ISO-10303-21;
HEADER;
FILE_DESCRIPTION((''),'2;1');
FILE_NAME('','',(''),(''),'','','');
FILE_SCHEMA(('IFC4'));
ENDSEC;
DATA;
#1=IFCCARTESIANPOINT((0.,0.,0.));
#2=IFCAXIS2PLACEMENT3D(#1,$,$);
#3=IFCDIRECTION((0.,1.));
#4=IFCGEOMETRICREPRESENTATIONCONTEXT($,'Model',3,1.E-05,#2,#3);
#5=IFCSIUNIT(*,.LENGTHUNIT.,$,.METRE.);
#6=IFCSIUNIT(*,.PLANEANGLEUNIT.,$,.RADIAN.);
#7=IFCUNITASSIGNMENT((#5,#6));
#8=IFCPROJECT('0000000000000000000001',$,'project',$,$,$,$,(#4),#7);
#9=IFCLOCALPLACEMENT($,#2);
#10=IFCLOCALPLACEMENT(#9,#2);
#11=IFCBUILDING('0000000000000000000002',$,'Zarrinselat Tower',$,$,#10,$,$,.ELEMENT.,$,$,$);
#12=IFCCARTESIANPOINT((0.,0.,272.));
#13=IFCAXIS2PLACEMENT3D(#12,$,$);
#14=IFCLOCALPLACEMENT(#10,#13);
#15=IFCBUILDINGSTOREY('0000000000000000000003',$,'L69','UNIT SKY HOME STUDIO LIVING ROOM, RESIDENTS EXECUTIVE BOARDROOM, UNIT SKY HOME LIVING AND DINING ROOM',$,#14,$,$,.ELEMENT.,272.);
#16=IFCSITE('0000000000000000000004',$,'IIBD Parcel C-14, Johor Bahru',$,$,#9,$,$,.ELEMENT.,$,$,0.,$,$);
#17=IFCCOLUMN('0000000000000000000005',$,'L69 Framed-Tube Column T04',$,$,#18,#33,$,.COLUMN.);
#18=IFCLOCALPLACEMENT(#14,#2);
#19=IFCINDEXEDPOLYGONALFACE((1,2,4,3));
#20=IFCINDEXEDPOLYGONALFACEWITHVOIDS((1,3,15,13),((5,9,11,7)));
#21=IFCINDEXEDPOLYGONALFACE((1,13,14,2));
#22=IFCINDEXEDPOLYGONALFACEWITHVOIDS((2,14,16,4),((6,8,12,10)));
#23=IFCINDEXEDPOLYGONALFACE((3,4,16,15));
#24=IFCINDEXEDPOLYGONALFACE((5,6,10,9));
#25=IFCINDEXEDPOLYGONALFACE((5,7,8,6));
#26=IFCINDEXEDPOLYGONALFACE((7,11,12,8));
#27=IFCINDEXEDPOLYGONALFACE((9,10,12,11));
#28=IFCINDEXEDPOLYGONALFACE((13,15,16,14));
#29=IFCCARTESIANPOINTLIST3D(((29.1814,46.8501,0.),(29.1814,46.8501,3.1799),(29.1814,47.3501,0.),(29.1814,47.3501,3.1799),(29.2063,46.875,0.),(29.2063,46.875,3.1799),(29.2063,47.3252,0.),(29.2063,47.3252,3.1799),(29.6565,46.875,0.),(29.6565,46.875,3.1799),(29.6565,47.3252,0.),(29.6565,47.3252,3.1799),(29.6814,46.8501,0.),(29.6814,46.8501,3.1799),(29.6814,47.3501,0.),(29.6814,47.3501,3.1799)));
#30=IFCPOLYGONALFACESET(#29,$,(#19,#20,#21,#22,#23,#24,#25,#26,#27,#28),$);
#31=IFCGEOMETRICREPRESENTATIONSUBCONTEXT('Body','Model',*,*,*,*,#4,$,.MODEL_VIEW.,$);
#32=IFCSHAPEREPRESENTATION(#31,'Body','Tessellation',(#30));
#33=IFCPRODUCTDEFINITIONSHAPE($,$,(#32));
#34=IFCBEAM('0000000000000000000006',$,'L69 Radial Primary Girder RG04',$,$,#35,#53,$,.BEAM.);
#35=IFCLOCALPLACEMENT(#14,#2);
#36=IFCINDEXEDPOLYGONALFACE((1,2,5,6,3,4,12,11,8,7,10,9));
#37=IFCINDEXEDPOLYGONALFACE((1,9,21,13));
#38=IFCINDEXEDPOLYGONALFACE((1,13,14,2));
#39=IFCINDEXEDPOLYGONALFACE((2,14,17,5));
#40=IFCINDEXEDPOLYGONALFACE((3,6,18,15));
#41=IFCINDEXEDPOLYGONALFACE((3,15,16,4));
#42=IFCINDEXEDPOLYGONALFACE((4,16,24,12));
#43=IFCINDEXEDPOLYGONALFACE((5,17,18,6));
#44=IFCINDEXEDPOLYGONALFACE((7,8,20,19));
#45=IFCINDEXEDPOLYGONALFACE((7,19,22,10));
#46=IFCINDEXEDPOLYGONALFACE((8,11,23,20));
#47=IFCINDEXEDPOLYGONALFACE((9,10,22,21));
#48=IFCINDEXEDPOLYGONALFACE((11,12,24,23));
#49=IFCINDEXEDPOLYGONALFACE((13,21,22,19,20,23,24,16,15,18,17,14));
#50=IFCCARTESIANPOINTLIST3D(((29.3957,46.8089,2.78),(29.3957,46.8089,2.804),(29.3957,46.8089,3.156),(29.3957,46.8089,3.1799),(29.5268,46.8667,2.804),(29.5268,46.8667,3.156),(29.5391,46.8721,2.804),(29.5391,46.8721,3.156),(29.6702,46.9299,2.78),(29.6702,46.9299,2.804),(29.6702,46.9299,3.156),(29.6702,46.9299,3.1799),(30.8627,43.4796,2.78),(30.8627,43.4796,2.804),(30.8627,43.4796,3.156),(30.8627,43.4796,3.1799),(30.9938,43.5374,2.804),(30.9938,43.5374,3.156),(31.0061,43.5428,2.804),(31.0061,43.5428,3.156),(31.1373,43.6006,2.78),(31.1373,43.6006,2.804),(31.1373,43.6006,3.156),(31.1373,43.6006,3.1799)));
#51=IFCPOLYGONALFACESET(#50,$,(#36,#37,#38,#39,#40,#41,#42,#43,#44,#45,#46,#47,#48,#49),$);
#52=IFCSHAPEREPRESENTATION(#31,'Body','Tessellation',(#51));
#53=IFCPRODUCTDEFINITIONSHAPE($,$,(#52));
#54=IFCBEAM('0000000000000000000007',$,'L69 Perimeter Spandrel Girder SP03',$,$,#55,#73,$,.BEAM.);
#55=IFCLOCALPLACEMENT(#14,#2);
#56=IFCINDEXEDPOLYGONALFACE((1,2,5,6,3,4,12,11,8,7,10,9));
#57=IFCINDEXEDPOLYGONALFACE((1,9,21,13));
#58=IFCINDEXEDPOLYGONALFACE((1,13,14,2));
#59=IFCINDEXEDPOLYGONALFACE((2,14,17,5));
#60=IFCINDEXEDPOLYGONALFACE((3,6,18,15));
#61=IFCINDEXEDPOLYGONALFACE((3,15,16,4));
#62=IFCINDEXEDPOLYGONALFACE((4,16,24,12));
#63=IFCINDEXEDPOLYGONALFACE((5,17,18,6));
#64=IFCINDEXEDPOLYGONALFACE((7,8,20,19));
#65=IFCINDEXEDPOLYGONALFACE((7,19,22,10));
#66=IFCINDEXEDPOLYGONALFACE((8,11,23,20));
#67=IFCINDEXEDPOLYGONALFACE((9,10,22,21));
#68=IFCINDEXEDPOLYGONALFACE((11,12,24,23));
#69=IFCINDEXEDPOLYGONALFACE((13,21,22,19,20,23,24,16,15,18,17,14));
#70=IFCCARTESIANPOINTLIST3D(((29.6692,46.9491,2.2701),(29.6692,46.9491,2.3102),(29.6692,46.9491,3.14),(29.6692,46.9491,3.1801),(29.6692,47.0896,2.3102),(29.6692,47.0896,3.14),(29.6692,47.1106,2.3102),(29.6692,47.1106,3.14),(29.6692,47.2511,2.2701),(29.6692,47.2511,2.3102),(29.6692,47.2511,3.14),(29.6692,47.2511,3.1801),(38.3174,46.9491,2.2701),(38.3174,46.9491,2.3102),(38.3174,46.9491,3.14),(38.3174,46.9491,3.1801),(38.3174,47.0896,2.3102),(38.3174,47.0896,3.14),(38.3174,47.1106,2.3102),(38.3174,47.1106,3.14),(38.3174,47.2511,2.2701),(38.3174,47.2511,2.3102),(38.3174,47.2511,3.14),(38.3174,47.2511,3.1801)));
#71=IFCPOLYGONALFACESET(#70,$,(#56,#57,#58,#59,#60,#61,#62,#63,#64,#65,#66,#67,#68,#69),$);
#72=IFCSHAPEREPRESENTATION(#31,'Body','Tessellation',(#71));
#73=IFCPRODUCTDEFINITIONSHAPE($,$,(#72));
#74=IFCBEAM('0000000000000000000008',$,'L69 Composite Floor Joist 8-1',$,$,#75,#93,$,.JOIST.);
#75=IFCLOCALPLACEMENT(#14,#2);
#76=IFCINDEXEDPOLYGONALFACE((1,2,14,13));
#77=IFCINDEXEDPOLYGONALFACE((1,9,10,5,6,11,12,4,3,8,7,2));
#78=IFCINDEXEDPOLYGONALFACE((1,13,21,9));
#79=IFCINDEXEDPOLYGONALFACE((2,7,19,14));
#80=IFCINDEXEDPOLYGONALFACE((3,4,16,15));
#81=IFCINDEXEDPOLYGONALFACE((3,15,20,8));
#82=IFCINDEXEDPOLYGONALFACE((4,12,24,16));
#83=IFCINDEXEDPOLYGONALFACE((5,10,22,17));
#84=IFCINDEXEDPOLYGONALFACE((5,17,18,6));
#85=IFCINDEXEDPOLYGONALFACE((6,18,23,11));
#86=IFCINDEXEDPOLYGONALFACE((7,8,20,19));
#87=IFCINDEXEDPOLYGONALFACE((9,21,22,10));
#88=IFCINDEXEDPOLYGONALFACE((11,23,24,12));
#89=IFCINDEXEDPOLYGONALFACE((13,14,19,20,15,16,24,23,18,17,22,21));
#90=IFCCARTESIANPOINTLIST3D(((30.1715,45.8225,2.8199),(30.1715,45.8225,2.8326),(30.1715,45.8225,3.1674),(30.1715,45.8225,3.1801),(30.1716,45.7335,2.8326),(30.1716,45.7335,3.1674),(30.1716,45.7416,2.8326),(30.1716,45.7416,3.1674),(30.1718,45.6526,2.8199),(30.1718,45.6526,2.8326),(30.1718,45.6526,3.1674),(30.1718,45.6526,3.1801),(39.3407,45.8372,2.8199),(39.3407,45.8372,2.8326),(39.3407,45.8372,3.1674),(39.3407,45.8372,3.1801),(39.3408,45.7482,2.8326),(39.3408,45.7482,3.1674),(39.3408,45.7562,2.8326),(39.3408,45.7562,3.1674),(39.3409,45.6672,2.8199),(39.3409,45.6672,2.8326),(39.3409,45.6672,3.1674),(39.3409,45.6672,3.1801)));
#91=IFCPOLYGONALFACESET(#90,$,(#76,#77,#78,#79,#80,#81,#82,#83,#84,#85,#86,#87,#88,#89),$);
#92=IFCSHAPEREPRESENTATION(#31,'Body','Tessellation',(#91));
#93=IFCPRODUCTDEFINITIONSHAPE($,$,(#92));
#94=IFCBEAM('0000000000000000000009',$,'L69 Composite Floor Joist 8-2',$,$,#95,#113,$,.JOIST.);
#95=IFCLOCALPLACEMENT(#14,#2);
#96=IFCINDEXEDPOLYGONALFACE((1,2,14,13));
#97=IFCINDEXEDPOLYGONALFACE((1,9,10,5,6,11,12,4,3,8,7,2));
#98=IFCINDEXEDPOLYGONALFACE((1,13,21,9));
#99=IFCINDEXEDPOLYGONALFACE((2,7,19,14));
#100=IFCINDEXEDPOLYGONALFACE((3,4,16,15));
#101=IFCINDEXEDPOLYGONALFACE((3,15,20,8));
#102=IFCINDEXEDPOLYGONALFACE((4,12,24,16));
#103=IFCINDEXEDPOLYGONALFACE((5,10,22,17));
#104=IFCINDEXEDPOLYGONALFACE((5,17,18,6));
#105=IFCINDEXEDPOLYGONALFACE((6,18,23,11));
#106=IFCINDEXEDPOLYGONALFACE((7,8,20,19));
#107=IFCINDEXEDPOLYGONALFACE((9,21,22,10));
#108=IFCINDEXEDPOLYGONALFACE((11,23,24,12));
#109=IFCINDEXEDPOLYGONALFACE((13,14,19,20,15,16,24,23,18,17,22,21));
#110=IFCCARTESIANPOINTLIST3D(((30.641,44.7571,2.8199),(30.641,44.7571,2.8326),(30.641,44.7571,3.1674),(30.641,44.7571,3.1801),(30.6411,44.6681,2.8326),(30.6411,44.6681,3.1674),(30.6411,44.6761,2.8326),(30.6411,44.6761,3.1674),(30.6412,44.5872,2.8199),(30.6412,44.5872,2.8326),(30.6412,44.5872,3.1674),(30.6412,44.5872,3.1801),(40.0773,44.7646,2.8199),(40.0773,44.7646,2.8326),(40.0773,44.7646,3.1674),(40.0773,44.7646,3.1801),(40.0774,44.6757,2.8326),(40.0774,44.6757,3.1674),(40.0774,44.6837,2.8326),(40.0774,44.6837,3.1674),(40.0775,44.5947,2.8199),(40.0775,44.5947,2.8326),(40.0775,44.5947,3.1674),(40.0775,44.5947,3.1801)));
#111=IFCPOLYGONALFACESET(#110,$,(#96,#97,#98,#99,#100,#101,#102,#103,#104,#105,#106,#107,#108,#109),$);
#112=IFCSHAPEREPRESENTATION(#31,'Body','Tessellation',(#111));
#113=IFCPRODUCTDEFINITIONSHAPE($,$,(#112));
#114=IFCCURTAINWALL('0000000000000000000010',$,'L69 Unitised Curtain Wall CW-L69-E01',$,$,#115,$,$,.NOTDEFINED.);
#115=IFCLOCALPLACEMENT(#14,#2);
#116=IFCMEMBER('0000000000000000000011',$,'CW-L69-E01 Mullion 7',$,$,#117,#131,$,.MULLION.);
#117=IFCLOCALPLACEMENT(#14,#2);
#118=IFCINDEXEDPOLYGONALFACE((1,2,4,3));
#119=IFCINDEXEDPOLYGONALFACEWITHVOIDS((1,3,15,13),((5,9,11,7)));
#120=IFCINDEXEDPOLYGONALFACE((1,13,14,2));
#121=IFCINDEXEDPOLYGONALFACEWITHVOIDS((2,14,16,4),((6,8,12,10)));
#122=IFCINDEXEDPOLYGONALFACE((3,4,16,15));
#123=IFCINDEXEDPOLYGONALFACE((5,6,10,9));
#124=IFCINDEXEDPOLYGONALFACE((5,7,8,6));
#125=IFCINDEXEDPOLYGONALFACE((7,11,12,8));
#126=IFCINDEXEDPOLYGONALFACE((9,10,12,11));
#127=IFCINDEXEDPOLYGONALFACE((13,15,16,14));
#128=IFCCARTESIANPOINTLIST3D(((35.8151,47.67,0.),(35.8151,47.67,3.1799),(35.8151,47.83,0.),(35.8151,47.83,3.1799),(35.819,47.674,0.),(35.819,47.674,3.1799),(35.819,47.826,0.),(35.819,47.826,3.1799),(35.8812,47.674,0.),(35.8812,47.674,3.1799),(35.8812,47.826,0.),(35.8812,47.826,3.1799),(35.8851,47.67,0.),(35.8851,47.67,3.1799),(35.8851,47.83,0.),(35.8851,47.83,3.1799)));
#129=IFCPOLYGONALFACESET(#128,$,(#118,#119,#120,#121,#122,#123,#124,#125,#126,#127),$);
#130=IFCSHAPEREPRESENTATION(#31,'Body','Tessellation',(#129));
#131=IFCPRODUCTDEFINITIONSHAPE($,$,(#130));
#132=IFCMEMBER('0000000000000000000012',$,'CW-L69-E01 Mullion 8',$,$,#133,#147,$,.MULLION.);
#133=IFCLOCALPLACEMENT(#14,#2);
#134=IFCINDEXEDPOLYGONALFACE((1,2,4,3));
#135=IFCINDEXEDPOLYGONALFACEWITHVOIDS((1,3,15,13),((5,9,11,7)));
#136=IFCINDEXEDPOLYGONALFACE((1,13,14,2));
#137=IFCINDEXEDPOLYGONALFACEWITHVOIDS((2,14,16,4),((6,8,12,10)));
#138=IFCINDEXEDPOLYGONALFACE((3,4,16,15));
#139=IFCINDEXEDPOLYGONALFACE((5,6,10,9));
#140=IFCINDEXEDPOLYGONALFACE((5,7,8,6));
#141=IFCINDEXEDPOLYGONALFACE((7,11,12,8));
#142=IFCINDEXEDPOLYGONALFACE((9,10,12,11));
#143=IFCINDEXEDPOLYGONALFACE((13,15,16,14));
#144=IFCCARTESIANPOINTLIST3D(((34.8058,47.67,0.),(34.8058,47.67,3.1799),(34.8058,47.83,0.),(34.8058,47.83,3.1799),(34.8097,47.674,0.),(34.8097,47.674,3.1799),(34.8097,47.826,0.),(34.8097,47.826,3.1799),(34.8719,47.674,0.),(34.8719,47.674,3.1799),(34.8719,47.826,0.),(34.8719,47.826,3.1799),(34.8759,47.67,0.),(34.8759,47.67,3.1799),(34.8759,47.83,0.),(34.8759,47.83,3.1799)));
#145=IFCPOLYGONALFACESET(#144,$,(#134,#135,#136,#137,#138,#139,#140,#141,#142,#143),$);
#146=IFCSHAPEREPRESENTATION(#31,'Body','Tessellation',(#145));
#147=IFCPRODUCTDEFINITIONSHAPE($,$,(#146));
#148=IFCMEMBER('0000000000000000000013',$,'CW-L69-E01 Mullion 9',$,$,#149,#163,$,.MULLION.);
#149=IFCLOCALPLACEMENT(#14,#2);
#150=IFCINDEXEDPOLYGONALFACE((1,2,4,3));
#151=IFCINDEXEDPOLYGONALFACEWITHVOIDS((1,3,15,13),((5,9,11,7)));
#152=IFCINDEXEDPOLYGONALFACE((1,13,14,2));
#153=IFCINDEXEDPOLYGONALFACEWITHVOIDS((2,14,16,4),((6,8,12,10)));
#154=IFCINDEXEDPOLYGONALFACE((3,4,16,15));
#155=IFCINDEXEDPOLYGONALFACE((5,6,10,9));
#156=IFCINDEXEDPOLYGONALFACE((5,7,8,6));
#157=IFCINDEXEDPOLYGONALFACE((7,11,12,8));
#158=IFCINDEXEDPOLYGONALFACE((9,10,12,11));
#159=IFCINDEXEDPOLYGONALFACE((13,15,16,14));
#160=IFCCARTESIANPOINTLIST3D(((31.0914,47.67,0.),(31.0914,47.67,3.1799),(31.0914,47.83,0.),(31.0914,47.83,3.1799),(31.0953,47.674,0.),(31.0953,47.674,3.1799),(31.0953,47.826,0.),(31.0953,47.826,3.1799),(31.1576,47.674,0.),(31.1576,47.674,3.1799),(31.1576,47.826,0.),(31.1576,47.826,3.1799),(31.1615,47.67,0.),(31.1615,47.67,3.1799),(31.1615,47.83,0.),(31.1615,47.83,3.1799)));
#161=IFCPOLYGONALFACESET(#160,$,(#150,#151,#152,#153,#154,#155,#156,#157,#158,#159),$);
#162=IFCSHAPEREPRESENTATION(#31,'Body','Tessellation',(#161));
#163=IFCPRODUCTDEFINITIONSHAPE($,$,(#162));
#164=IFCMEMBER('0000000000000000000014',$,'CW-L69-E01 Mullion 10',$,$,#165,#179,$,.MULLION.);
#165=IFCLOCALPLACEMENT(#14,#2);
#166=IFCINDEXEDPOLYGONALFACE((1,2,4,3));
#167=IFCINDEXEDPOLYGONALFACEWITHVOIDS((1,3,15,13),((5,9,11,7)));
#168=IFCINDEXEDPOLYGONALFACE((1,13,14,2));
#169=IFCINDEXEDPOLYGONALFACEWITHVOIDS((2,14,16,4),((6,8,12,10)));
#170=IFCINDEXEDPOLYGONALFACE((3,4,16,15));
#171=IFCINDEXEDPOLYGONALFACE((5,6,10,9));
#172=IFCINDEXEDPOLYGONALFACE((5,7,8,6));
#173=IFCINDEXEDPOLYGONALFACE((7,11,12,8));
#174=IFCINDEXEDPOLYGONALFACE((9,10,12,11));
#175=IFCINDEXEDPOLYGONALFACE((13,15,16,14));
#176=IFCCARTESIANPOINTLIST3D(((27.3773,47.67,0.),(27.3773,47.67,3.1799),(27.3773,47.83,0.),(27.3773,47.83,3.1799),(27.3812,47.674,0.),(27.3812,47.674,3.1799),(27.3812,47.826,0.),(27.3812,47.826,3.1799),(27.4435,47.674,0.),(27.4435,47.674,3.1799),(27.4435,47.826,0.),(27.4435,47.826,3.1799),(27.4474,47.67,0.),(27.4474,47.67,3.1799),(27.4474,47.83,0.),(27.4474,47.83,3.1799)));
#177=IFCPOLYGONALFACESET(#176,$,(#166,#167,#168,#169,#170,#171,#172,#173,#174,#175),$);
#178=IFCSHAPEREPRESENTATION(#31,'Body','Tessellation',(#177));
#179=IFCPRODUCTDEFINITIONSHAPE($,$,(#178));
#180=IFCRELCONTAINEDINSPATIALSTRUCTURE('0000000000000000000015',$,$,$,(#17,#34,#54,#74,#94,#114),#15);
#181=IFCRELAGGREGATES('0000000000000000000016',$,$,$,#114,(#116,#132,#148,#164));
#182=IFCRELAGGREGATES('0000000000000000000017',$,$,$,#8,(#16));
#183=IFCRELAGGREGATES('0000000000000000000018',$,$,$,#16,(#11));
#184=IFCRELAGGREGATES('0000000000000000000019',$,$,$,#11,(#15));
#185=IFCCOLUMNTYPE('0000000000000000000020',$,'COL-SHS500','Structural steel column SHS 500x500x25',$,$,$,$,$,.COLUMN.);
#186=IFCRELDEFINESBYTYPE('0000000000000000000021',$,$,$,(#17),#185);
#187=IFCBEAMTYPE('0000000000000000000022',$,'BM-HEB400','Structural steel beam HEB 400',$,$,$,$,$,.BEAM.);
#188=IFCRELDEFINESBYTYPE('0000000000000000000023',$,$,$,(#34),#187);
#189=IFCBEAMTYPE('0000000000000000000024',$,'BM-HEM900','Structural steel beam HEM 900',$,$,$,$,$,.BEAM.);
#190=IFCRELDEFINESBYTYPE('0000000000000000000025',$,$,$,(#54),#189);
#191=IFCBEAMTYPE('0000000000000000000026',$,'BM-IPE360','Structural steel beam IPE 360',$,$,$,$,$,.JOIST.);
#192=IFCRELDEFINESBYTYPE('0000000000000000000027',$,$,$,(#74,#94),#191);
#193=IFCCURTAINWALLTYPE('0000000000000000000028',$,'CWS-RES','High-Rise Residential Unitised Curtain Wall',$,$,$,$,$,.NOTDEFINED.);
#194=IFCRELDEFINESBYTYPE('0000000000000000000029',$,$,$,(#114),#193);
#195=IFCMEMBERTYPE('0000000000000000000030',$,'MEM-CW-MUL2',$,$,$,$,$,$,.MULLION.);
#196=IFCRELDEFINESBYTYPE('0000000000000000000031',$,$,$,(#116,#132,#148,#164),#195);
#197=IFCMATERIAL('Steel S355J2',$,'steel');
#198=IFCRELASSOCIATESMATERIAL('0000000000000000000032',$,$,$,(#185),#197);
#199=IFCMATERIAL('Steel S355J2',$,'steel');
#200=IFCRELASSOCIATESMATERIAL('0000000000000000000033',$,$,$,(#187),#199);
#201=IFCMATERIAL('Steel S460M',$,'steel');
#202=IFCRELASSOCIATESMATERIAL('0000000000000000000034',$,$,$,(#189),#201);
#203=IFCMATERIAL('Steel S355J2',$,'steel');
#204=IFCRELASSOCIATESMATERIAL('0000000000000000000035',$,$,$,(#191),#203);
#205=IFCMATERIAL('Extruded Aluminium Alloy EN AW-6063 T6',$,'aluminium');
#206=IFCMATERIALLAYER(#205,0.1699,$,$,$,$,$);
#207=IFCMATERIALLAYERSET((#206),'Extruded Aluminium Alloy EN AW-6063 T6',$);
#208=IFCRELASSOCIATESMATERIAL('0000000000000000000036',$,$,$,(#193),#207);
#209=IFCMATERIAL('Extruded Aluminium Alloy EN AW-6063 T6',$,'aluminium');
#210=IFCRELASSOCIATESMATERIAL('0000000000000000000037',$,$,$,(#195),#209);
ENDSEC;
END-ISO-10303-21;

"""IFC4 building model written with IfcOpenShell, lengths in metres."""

from ifc_helpers import new_model, si_unit, direction, frame, origin, origin_2d, place, context, subcontext, project, spatial, hollow_rectangle, i_section, extrude, material, layer, layer_set, material_profile, profile_set, type_object, element, aggregate, save


model = new_model("IFC4")

# Units and contexts
model_context = context("Model", 3, precision=1e-05, world=origin(), true_north=direction((0.0, 1.0)))
body_context = subcontext(model_context, "Body", "Model", "MODEL_VIEW")
ifc_project = project(units=[si_unit("LENGTHUNIT", "METRE"), si_unit("PLANEANGLEUNIT", "RADIAN")], contexts=[model_context])

# Site, building, storey
site_placement = place(None, origin())
site = spatial("IfcSite", under=ifc_project, at=site_placement, Name="IIBD Parcel C-14, Johor Bahru", CompositionType="ELEMENT", RefElevation=0.0)
building_placement = place(site_placement, origin())
building = spatial("IfcBuilding", under=site, at=building_placement, Name="Zarrinselat Tower", CompositionType="ELEMENT")
storey_placement = place(building_placement, frame((0.0, 0.0, 272.0)))
storey = spatial("IfcBuildingStorey", under=building, at=storey_placement, Name="L69", Description="UNIT SKY HOME STUDIO LIVING ROOM, RESIDENTS EXECUTIVE BOARDROOM, UNIT SKY HOME LIVING AND DINING ROOM", CompositionType="ELEMENT", Elevation=272.0)

# Column
ifc_material_1 = material(Name="Steel S355J2", Category="steel")
ifc_material_profile_1 = material_profile(ifc_material_1, hollow_rectangle(XDim=0.5, YDim=0.5, WallThickness=0.0249, at=origin_2d()), Name="SHS 500x500x25")
ifc_profile_set_1 = profile_set([ifc_material_profile_1], Name="Steel S355J2")
column_type = type_object("IfcColumnType", Name="COL-SHS500", Description="Structural steel column SHS 500x500x25", PredefinedType="COLUMN", material=ifc_profile_set_1)
column_placement = place(storey_placement, frame((29.4314, 47.1001, 0.0), z_axis=(0.0, 0.0, 1.0), x_axis=(1.0, 0.0, 0.0)))
element("IfcColumn", 1, at=column_placement, inside=storey, type_object=column_type, Name="L69 Framed-Tube Column T04", PredefinedType="COLUMN", context=body_context, shape_type="SweptSolid", body=[
    extrude(hollow_rectangle(XDim=0.5, YDim=0.5, WallThickness=0.0249, at=origin_2d()), origin(), (0.0, 0.0, 1.0), 3.1799),
])

# Beams
ifc_material_2 = material(Name="Steel S355J2", Category="steel")
ifc_material_profile_2 = material_profile(ifc_material_2, i_section(OverallWidth=0.3, OverallDepth=0.3999, WebThickness=0.0134, FlangeThickness=0.0239, at=origin_2d()), Name="HEB 400")
ifc_profile_set_2 = profile_set([ifc_material_profile_2], Name="Steel S355J2")
beam_type_1 = type_object("IfcBeamType", Name="BM-HEB400", Description="Structural steel beam HEB 400", PredefinedType="BEAM", material=ifc_profile_set_2)
beam_1_placement = place(storey_placement, frame((29.533, 46.8694, 2.98), z_axis=(0.403229, -0.915099, 0.0), x_axis=(0.915099, 0.403229, 0.0)))
element("IfcBeam", 2, at=beam_1_placement, inside=storey, type_object=beam_type_1, Name="L69 Radial Primary Girder RG04", PredefinedType="BEAM", context=body_context, shape_type="SweptSolid", body=[
    extrude(i_section(OverallWidth=0.3, OverallDepth=0.3999, WebThickness=0.0134, FlangeThickness=0.0239, at=origin_2d()), origin(), (0.0, 0.0, 1.0), 3.6382),
])
ifc_material_3 = material(Name="Steel S460M", Category="steel")
ifc_material_profile_3 = material_profile(ifc_material_3, i_section(OverallWidth=0.302, OverallDepth=0.9099, WebThickness=0.021, FlangeThickness=0.04, at=origin_2d()), Name="HEM 900")
ifc_profile_set_3 = profile_set([ifc_material_profile_3], Name="Steel S460M")
beam_type_2 = type_object("IfcBeamType", Name="BM-HEM900", Description="Structural steel beam HEM 900", PredefinedType="BEAM", material=ifc_profile_set_3)
beam_2_placement = place(storey_placement, frame((29.6692, 47.1001, 2.7251), z_axis=(1.0, 0.0, 0.0), x_axis=(0.0, 1.0, 0.0)))
element("IfcBeam", 3, at=beam_2_placement, inside=storey, type_object=beam_type_2, Name="L69 Perimeter Spandrel Girder SP03", PredefinedType="BEAM", context=body_context, shape_type="SweptSolid", body=[
    extrude(i_section(OverallWidth=0.302, OverallDepth=0.9099, WebThickness=0.021, FlangeThickness=0.04, at=origin_2d()), origin(), (0.0, 0.0, 1.0), 8.6482),
])
ifc_material_4 = material(Name="Steel S355J2", Category="steel")
ifc_material_profile_4 = material_profile(ifc_material_4, i_section(OverallWidth=0.1699, OverallDepth=0.3601, WebThickness=0.0081, FlangeThickness=0.0127, at=origin_2d()), Name="IPE 360")
ifc_profile_set_4 = profile_set([ifc_material_profile_4], Name="Steel S355J2")
beam_type_3 = type_object("IfcBeamType", Name="BM-IPE360", Description="Structural steel beam IPE 360", PredefinedType="JOIST", material=ifc_profile_set_4)
beam_3_placement = place(storey_placement, frame((30.1716, 45.7375, 3.0), z_axis=(0.999999, 0.001598, 0.0), x_axis=(-0.001598, 0.999999, 0.0)))
element("IfcBeam", 4, at=beam_3_placement, inside=storey, type_object=beam_type_3, Name="L69 Composite Floor Joist 8-1", PredefinedType="JOIST", context=body_context, shape_type="SweptSolid", body=[
    extrude(i_section(OverallWidth=0.1699, OverallDepth=0.3601, WebThickness=0.0081, FlangeThickness=0.0127, at=origin_2d()), origin(), (0.0, 0.0, 1.0), 9.1692),
])
beam_4_placement = place(storey_placement, frame((30.6411, 44.6721, 3.0), z_axis=(1.0, 0.000802, 0.0), x_axis=(-0.000802, 1.0, 0.0)))
element("IfcBeam", 5, at=beam_4_placement, inside=storey, type_object=beam_type_3, Name="L69 Composite Floor Joist 8-2", PredefinedType="JOIST", context=body_context, shape_type="SweptSolid", body=[
    extrude(i_section(OverallWidth=0.1699, OverallDepth=0.3601, WebThickness=0.0081, FlangeThickness=0.0127, at=origin_2d()), origin(), (0.0, 0.0, 1.0), 9.4363),
])

# Curtain wall, members
ifc_material_5 = material(Name="Extruded Aluminium Alloy EN AW-6063 T6", Category="aluminium")
ifc_layer_1 = layer(ifc_material_5, 0.1699)
ifc_layer_set_1 = layer_set([ifc_layer_1], Name="Extruded Aluminium Alloy EN AW-6063 T6")
curtain_wall_type = type_object("IfcCurtainWallType", Name="CWS-RES", Description="High-Rise Residential Unitised Curtain Wall", PredefinedType="NOTDEFINED", material=ifc_layer_set_1)
curtain_wall_placement = place(storey_placement, origin())
curtain_wall = element("IfcCurtainWall", 6, at=curtain_wall_placement, inside=storey, type_object=curtain_wall_type, Name="L69 Unitised Curtain Wall CW-L69-E01", PredefinedType="NOTDEFINED")
ifc_material_6 = material(Name="Extruded Aluminium Alloy EN AW-6063 T6", Category="aluminium")
ifc_material_profile_5 = material_profile(ifc_material_6, hollow_rectangle(XDim=0.0701, YDim=0.1599, WallThickness=0.0039, at=origin_2d()), Name="RHS 160x70x4")
ifc_profile_set_5 = profile_set([ifc_material_profile_5], Name="Extruded Aluminium Alloy EN AW-6063 T6")
member_type_1 = type_object("IfcMemberType", Name="MEM-CW-MUL2", PredefinedType="MULLION", material=ifc_profile_set_5)
member_1_placement = place(storey_placement, frame((35.8501, 47.75, 0.0), z_axis=(0.0, 0.0, 1.0), x_axis=(-1.0, 0.0, 0.0)))
member_1 = element("IfcMember", 7, at=member_1_placement, type_object=member_type_1, Name="CW-L69-E01 Mullion 7", PredefinedType="MULLION", context=body_context, shape_type="SweptSolid", body=[
    extrude(hollow_rectangle(XDim=0.0701, YDim=0.1599, WallThickness=0.0039, at=origin_2d()), origin(), (0.0, 0.0, 1.0), 3.1799),
])
member_2_placement = place(storey_placement, frame((34.8408, 47.75, 0.0), z_axis=(0.0, 0.0, 1.0), x_axis=(-1.0, 0.0, 0.0)))
member_2 = element("IfcMember", 8, at=member_2_placement, type_object=member_type_1, Name="CW-L69-E01 Mullion 8", PredefinedType="MULLION", context=body_context, shape_type="SweptSolid", body=[
    extrude(hollow_rectangle(XDim=0.0701, YDim=0.1599, WallThickness=0.0039, at=origin_2d()), origin(), (0.0, 0.0, 1.0), 3.1799),
])
member_3_placement = place(storey_placement, frame((31.1265, 47.75, 0.0), z_axis=(0.0, 0.0, 1.0), x_axis=(-1.0, 0.0, 0.0)))
member_3 = element("IfcMember", 9, at=member_3_placement, type_object=member_type_1, Name="CW-L69-E01 Mullion 9", PredefinedType="MULLION", context=body_context, shape_type="SweptSolid", body=[
    extrude(hollow_rectangle(XDim=0.0701, YDim=0.1599, WallThickness=0.0039, at=origin_2d()), origin(), (0.0, 0.0, 1.0), 3.1799),
])
member_4_placement = place(storey_placement, frame((27.4124, 47.75, 0.0), z_axis=(0.0, 0.0, 1.0), x_axis=(-1.0, 0.0, 0.0)))
member_4 = element("IfcMember", 10, at=member_4_placement, type_object=member_type_1, Name="CW-L69-E01 Mullion 10", PredefinedType="MULLION", context=body_context, shape_type="SweptSolid", body=[
    extrude(hollow_rectangle(XDim=0.0701, YDim=0.1599, WallThickness=0.0039, at=origin_2d()), origin(), (0.0, 0.0, 1.0), 3.1799),
])
aggregate(curtain_wall, [member_1, member_2, member_3, member_4])

save(model, "model.ifc")
